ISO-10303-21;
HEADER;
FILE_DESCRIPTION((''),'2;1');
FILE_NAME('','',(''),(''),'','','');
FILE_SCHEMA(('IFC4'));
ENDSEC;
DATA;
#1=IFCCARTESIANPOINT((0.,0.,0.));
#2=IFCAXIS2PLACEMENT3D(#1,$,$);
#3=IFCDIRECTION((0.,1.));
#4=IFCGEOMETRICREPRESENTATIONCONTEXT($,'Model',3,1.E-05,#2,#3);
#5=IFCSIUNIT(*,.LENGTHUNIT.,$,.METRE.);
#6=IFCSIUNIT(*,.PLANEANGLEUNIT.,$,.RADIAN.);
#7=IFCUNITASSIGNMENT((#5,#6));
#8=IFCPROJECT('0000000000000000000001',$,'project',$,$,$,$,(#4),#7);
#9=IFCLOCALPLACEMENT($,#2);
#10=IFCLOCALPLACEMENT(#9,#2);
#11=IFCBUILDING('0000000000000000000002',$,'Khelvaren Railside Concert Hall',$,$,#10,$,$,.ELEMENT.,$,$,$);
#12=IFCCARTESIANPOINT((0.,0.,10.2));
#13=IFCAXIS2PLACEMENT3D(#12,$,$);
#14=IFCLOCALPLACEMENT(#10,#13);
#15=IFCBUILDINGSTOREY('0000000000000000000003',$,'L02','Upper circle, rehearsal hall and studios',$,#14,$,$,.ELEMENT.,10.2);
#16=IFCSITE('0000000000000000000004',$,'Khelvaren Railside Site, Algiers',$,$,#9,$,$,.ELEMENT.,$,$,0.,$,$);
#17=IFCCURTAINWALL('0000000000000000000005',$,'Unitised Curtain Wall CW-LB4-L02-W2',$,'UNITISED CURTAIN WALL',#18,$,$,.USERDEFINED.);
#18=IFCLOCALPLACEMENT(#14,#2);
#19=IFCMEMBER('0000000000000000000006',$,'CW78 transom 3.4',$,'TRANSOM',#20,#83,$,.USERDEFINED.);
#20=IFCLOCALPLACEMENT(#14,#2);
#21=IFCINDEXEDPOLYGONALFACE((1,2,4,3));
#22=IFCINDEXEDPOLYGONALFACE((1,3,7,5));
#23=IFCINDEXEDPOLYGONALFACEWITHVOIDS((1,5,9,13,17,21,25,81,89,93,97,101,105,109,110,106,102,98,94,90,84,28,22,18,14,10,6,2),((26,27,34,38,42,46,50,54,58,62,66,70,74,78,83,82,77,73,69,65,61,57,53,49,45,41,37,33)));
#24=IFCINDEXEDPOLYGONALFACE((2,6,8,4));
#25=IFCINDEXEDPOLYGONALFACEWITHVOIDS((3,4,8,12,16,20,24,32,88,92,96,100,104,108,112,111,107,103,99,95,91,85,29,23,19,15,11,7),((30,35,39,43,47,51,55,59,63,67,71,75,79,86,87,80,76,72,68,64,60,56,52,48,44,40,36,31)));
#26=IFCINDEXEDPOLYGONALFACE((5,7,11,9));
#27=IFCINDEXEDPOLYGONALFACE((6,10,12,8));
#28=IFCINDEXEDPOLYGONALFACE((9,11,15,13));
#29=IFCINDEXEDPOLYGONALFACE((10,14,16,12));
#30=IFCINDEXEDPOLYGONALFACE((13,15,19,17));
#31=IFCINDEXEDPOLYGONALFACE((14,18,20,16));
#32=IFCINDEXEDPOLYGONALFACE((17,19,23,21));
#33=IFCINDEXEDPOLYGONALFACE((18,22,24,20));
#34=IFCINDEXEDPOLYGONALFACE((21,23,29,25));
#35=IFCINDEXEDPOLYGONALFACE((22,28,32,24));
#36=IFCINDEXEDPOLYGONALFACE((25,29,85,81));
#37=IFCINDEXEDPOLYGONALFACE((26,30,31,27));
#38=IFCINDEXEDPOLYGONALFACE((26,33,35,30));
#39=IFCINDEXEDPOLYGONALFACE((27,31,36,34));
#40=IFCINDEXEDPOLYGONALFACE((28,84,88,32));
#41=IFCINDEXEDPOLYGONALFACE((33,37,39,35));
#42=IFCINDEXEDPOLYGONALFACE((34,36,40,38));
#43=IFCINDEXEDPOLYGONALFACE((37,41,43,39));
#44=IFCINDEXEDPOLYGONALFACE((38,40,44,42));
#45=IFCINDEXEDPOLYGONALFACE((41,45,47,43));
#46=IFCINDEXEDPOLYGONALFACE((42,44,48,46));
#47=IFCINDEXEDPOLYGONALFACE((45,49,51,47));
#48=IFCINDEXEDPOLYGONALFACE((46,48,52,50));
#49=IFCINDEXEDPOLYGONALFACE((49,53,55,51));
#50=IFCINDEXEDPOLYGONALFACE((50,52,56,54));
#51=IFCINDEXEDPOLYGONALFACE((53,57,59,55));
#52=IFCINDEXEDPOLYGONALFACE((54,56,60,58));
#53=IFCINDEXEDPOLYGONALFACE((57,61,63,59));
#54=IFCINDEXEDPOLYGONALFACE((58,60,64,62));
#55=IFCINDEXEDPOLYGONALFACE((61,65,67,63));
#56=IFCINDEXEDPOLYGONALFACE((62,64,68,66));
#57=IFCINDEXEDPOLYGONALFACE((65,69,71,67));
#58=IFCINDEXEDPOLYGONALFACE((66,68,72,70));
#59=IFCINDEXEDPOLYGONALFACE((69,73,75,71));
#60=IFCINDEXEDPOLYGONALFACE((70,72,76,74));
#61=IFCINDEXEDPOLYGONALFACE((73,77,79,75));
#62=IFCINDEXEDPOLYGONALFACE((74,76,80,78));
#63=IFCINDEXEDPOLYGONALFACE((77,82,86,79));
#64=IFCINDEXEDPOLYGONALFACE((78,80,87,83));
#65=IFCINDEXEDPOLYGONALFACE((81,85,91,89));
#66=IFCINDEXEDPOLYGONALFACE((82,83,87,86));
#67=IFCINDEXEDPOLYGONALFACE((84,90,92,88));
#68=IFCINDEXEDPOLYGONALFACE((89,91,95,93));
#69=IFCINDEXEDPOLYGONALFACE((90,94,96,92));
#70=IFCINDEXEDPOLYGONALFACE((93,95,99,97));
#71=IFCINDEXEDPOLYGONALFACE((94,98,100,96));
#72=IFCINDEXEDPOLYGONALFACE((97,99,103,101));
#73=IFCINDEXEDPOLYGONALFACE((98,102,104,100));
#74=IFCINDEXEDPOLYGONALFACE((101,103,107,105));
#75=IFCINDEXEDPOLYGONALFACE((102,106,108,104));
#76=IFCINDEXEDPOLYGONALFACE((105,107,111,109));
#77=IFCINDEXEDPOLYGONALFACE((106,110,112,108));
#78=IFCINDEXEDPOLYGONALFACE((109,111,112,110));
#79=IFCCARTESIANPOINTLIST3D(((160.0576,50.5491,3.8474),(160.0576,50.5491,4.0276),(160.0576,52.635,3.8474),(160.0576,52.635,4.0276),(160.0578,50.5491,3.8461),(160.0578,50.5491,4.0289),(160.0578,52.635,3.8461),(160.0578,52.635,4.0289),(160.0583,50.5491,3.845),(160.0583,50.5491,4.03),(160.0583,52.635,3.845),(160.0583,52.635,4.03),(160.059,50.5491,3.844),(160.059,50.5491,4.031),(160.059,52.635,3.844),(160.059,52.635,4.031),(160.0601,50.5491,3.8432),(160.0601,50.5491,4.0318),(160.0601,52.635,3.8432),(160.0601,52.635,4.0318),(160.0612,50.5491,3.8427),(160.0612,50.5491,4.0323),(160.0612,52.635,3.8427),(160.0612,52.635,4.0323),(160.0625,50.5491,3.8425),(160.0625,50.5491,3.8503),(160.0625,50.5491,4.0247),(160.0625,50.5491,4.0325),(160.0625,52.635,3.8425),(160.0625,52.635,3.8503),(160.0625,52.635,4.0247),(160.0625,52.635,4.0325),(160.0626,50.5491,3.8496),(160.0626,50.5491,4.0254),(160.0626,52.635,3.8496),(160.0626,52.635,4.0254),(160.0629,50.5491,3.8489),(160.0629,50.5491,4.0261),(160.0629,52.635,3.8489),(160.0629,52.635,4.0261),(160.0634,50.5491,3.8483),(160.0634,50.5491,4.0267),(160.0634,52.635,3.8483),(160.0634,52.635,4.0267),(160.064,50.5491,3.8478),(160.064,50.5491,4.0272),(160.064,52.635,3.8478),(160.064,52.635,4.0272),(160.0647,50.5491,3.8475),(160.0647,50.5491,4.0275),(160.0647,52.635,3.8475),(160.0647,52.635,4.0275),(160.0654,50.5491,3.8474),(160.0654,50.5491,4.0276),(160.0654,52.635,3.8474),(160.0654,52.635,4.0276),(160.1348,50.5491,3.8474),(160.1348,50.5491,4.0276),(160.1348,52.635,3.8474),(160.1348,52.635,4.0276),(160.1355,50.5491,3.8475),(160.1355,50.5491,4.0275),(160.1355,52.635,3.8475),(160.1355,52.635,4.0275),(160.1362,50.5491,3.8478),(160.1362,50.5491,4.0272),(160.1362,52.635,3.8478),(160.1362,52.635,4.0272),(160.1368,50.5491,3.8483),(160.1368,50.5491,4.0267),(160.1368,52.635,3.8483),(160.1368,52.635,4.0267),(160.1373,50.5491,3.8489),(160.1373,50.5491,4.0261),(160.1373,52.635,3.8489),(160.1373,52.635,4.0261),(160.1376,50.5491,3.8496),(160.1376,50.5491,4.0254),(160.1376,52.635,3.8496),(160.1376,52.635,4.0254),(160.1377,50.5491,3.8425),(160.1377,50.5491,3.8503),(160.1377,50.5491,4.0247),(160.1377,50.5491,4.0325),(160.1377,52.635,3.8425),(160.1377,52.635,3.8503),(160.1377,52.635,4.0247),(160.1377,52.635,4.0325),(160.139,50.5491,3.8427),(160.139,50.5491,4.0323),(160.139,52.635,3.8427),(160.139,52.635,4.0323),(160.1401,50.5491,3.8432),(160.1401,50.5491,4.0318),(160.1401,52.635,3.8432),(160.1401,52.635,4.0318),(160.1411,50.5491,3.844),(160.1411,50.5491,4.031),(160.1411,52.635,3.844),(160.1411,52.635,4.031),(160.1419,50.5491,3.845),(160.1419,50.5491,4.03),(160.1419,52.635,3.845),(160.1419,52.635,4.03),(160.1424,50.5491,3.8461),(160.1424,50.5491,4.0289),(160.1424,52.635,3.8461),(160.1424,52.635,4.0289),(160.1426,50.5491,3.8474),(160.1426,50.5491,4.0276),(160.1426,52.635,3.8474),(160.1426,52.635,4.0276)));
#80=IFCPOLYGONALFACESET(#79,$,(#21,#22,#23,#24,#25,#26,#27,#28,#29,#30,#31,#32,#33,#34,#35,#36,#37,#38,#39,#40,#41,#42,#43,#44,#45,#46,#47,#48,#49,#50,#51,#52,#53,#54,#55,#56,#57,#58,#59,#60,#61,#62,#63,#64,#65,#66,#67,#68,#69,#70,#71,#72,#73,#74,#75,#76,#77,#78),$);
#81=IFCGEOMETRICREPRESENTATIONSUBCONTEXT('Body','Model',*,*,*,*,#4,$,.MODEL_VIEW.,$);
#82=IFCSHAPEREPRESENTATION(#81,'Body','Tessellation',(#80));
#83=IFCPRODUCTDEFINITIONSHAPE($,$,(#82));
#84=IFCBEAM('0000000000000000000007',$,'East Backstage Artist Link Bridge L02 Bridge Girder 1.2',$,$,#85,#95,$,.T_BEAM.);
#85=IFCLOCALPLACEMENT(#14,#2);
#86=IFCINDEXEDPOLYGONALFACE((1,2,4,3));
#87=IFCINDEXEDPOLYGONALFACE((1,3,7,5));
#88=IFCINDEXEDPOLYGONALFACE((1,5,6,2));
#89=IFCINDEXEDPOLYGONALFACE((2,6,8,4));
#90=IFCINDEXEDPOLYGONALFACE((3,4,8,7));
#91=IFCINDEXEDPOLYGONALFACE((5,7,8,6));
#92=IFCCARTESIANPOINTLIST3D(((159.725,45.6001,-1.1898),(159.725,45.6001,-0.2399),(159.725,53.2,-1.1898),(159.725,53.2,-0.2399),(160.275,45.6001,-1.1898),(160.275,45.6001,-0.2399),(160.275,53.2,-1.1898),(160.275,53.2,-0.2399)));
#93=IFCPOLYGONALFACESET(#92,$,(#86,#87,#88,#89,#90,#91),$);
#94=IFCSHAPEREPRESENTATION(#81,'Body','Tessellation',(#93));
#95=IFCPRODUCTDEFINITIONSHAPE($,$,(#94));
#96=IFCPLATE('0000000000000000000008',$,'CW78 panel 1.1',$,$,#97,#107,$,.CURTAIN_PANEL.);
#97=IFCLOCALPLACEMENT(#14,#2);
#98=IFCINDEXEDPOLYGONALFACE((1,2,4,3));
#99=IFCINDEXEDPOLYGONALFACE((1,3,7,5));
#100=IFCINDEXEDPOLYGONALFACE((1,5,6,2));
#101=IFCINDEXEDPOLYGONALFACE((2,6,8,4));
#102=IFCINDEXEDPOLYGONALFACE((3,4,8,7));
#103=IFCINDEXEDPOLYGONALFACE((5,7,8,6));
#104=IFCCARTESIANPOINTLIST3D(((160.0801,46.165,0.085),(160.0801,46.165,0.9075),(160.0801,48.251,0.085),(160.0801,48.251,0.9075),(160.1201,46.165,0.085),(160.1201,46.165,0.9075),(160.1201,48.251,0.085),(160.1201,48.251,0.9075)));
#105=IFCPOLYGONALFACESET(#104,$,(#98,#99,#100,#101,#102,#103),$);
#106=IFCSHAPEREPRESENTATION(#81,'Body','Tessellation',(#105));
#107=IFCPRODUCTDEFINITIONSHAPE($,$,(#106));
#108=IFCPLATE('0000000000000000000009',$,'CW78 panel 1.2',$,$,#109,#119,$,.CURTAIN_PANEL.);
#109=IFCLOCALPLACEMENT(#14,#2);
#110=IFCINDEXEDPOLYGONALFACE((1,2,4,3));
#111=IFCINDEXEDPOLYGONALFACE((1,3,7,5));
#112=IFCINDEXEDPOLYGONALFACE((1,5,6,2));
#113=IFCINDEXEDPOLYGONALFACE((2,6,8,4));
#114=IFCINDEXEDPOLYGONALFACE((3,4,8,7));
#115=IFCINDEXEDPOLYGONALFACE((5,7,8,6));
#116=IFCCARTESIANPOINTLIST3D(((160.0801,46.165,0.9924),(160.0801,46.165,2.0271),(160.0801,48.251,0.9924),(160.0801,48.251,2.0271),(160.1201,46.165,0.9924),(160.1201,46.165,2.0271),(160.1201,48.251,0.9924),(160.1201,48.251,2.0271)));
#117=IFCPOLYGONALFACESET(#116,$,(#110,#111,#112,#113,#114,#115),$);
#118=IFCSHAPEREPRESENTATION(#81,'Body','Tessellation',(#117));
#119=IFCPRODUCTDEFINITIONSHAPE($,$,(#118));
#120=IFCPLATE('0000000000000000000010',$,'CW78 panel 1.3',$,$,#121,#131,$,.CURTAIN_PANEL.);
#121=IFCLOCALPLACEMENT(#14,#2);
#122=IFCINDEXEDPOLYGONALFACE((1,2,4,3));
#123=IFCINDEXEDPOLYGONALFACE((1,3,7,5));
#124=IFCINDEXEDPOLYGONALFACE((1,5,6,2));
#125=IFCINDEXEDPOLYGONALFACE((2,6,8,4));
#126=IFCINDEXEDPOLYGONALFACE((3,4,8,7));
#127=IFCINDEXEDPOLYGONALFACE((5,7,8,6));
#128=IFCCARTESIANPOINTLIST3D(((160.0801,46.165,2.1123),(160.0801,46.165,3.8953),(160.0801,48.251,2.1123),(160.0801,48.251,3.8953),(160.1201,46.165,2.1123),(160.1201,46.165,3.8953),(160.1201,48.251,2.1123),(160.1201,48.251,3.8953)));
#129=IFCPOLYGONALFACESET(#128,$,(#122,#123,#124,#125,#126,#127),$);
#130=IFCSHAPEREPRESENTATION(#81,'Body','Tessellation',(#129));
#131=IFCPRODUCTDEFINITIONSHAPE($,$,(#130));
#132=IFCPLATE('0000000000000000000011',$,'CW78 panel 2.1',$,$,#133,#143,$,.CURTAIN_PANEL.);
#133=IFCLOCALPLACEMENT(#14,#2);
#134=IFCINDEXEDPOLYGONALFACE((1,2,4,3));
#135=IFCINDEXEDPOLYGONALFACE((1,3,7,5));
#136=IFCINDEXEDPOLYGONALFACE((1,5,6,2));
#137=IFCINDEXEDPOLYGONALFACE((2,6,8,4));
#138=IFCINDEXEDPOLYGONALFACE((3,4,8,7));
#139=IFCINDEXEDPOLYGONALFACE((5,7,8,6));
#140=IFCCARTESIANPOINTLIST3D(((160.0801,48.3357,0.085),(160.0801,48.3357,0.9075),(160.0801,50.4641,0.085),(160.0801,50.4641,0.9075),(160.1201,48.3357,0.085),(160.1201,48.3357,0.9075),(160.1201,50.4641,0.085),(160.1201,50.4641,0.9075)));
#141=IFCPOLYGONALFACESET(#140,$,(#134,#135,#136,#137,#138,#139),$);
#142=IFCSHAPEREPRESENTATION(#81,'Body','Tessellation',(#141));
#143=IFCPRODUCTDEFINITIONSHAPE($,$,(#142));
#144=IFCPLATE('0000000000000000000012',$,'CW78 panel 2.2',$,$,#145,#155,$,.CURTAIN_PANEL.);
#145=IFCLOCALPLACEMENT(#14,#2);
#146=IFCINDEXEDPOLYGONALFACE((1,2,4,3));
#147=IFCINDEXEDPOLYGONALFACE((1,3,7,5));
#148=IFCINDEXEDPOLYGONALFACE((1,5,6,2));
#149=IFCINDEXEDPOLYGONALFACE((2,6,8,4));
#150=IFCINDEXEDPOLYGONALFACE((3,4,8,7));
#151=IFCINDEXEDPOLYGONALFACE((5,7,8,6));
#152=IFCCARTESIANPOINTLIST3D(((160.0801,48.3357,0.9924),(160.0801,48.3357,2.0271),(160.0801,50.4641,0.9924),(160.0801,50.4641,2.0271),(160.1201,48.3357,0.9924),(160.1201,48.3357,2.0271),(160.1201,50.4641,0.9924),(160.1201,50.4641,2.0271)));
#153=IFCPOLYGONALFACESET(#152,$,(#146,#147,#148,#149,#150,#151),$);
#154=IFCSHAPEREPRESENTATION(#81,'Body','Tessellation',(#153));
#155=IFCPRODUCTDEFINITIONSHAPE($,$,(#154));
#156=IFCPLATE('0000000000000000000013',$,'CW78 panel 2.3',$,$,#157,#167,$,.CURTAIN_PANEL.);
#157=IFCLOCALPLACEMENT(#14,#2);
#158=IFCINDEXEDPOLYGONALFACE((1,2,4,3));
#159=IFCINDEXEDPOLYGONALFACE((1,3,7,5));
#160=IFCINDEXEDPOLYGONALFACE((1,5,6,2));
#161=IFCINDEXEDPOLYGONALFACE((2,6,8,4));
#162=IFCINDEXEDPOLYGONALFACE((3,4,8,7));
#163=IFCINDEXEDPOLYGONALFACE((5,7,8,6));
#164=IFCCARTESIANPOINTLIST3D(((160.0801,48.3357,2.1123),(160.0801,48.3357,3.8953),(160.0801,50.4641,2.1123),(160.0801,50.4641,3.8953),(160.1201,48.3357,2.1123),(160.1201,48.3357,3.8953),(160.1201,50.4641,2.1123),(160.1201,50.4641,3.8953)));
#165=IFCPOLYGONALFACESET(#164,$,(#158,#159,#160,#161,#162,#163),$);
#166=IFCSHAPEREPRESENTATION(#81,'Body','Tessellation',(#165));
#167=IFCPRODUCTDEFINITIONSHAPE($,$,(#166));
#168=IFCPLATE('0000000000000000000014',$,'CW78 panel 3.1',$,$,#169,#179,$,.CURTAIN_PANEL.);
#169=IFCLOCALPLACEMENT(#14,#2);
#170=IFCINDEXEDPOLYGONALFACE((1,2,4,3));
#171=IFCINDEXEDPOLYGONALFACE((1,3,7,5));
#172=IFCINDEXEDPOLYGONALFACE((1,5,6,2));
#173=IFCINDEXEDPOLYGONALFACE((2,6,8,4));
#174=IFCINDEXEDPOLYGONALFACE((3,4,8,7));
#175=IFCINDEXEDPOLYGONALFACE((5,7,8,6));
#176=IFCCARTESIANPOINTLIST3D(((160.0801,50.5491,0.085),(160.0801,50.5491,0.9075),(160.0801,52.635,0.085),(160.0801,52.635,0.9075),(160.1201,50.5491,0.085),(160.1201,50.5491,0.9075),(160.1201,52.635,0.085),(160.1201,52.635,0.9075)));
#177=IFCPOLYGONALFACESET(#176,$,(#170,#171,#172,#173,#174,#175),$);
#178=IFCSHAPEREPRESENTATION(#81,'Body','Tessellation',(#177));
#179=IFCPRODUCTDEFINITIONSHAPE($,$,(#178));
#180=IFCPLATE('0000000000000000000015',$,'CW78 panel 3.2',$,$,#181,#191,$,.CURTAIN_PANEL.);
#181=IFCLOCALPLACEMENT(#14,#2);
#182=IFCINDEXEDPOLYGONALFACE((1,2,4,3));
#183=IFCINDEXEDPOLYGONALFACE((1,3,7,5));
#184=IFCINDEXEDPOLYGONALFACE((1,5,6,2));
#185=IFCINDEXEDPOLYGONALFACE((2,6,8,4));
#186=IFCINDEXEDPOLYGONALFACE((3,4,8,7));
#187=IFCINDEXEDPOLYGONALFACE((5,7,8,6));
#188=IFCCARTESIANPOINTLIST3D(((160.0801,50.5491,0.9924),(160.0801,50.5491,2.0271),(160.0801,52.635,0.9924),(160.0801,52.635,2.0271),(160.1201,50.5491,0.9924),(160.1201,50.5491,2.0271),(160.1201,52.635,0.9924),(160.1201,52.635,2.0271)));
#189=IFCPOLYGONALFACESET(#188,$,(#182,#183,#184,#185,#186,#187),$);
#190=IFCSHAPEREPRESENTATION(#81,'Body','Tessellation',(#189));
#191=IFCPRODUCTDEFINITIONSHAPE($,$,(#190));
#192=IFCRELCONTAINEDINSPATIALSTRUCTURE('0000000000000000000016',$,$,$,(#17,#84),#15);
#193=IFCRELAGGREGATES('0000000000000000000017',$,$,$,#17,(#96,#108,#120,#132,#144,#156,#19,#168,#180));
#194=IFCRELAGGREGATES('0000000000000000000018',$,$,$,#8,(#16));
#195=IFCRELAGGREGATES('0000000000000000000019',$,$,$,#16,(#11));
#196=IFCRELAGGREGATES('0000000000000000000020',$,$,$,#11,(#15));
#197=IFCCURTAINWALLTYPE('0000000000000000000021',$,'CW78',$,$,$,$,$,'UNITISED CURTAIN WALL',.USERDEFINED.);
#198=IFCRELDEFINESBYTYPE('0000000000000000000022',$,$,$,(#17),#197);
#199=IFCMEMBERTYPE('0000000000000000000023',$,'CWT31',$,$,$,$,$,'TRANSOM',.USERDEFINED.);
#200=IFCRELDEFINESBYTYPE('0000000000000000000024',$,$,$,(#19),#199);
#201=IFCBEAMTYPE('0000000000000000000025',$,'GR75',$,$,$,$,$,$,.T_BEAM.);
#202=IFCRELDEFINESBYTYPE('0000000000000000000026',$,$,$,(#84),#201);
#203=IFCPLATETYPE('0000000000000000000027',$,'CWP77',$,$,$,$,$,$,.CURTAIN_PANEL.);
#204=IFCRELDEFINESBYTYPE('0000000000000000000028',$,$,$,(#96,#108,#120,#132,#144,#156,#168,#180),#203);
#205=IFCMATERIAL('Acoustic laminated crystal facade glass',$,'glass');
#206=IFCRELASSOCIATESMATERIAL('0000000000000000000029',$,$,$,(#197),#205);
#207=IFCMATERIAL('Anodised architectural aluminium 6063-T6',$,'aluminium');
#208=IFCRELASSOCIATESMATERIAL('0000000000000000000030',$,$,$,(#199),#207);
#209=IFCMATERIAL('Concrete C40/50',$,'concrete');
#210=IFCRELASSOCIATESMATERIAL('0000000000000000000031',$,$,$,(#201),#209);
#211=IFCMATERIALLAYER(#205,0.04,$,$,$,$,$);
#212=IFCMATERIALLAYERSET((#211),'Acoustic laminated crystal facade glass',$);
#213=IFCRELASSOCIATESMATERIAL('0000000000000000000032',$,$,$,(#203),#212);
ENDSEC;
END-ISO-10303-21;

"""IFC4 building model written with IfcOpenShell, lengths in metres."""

from ifc_helpers import new_model, si_unit, direction, frame, origin, origin_2d, place, context, subcontext, project, spatial, rectangle, hollow_rectangle, extrude, material, layer, layer_set, material_profile, profile_set, type_object, element, aggregate, save


model = new_model("IFC4")

# Units and contexts
model_context = context("Model", 3, precision=1e-05, world=origin(), true_north=direction((0.0, 1.0)))
body_context = subcontext(model_context, "Body", "Model", "MODEL_VIEW")
ifc_project = project(units=[si_unit("LENGTHUNIT", "METRE"), si_unit("PLANEANGLEUNIT", "RADIAN")], contexts=[model_context])

# Site, building, storey
site_placement = place(None, origin())
site = spatial("IfcSite", under=ifc_project, at=site_placement, Name="Khelvaren Railside Site, Algiers", CompositionType="ELEMENT", RefElevation=0.0)
building_placement = place(site_placement, origin())
building = spatial("IfcBuilding", under=site, at=building_placement, Name="Khelvaren Railside Concert Hall", CompositionType="ELEMENT")
storey_placement = place(building_placement, frame((0.0, 0.0, 10.2)))
storey = spatial("IfcBuildingStorey", under=building, at=storey_placement, Name="L02", Description="Upper circle, rehearsal hall and studios", CompositionType="ELEMENT", Elevation=10.2)

# Curtain wall, member
ifc_material_1 = material(Name="Acoustic laminated crystal facade glass", Category="glass")
curtain_wall_type = type_object("IfcCurtainWallType", Name="CW78", ElementType="UNITISED CURTAIN WALL", PredefinedType="USERDEFINED", material=ifc_material_1)
curtain_wall_placement = place(storey_placement, origin())
curtain_wall = element("IfcCurtainWall", 1, at=curtain_wall_placement, inside=storey, type_object=curtain_wall_type, Name="Unitised Curtain Wall CW-LB4-L02-W2", ObjectType="UNITISED CURTAIN WALL", PredefinedType="USERDEFINED")
ifc_material_2 = material(Name="Anodised architectural aluminium 6063-T6", Category="aluminium")
ifc_material_profile_1 = material_profile(ifc_material_2, hollow_rectangle(XDim=0.085, YDim=0.1899, WallThickness=0.0049, InnerFilletRadius=0.0029, OuterFilletRadius=0.0049, at=origin_2d()), Name="CWT 85x190x5")
ifc_profile_set_1 = profile_set([ifc_material_profile_1], Name="Anodised architectural aluminium 6063-T6")
member_type_1 = type_object("IfcMemberType", Name="CWT31", ElementType="TRANSOM", PredefinedType="USERDEFINED", material=ifc_profile_set_1)
member_1_placement = place(storey_placement, frame((160.1001, 50.5491, 3.9375), z_axis=(0.0, 1.0, 0.0), x_axis=(-1.0, 0.0, 0.0)))
member_1 = element("IfcMember", 2, at=member_1_placement, type_object=member_type_1, Name="CW78 transom 3.4", ObjectType="TRANSOM", PredefinedType="USERDEFINED", context=body_context, shape_type="SweptSolid", body=[
    extrude(hollow_rectangle(XDim=0.085, YDim=0.1899, WallThickness=0.0049, InnerFilletRadius=0.0029, OuterFilletRadius=0.0049, at=origin_2d()), origin(), (0.0, 0.0, 1.0), 2.0859),
])

# Beam
ifc_material_3 = material(Name="Concrete C40/50", Category="concrete")
ifc_material_profile_2 = material_profile(ifc_material_3, rectangle(XDim=0.55, YDim=0.95, at=origin_2d()), Name="RCB 550x950")
ifc_profile_set_2 = profile_set([ifc_material_profile_2], Name="Concrete C40/50")
beam_type = type_object("IfcBeamType", Name="GR75", PredefinedType="T_BEAM", material=ifc_profile_set_2)
beam_placement = place(storey_placement, frame((160.0, 45.6001, -0.7148), z_axis=(0.0, 1.0, 0.0), x_axis=(-1.0, 0.0, 0.0)))
element("IfcBeam", 3, at=beam_placement, inside=storey, type_object=beam_type, Name="East Backstage Artist Link Bridge L02 Bridge Girder 1.2", PredefinedType="T_BEAM", context=body_context, shape_type="SweptSolid", body=[
    extrude(rectangle(XDim=0.55, YDim=0.95, at=origin_2d()), origin(), (0.0, 0.0, 1.0), 7.5999),
])

# Plates
ifc_layer = layer(ifc_material_1, 0.04)
ifc_layer_set = layer_set([ifc_layer], Name="Acoustic laminated crystal facade glass")
plate_type = type_object("IfcPlateType", Name="CWP77", PredefinedType="CURTAIN_PANEL", material=ifc_layer_set)
plate_1_placement = place(storey_placement, frame((160.1001, 47.208, 0.085), z_axis=(0.0, 0.0, 1.0), x_axis=(0.0, 1.0, 0.0)))
plate_1 = element("IfcPlate", 4, at=plate_1_placement, type_object=plate_type, Name="CW78 panel 1.1", PredefinedType="CURTAIN_PANEL", context=body_context, shape_type="SweptSolid", body=[
    extrude(rectangle(XDim=2.0859, YDim=0.04, at=origin_2d()), origin(), (0.0, 0.0, 1.0), 0.8225),
])
plate_2_placement = place(storey_placement, frame((160.1001, 47.208, 0.9924), z_axis=(0.0, 0.0, 1.0), x_axis=(0.0, 1.0, 0.0)))
plate_2 = element("IfcPlate", 5, at=plate_2_placement, type_object=plate_type, Name="CW78 panel 1.2", PredefinedType="CURTAIN_PANEL", context=body_context, shape_type="SweptSolid", body=[
    extrude(rectangle(XDim=2.0859, YDim=0.04, at=origin_2d()), origin(), (0.0, 0.0, 1.0), 1.0347),
])
plate_3_placement = place(storey_placement, frame((160.1001, 47.208, 2.1123), z_axis=(0.0, 0.0, 1.0), x_axis=(0.0, 1.0, 0.0)))
plate_3 = element("IfcPlate", 6, at=plate_3_placement, type_object=plate_type, Name="CW78 panel 1.3", PredefinedType="CURTAIN_PANEL", context=body_context, shape_type="SweptSolid", body=[
    extrude(rectangle(XDim=2.0859, YDim=0.04, at=origin_2d()), origin(), (0.0, 0.0, 1.0), 1.783),
])
plate_4_placement = place(storey_placement, frame((160.1001, 49.3999, 0.085), z_axis=(0.0, 0.0, 1.0), x_axis=(0.0, 1.0, 0.0)))
plate_4 = element("IfcPlate", 7, at=plate_4_placement, type_object=plate_type, Name="CW78 panel 2.1", PredefinedType="CURTAIN_PANEL", context=body_context, shape_type="SweptSolid", body=[
    extrude(rectangle(XDim=2.1284, YDim=0.04, at=origin_2d()), origin(), (0.0, 0.0, 1.0), 0.8225),
])
plate_5_placement = place(storey_placement, frame((160.1001, 49.3999, 0.9924), z_axis=(0.0, 0.0, 1.0), x_axis=(0.0, 1.0, 0.0)))
plate_5 = element("IfcPlate", 8, at=plate_5_placement, type_object=plate_type, Name="CW78 panel 2.2", PredefinedType="CURTAIN_PANEL", context=body_context, shape_type="SweptSolid", body=[
    extrude(rectangle(XDim=2.1284, YDim=0.04, at=origin_2d()), origin(), (0.0, 0.0, 1.0), 1.0347),
])
plate_6_placement = place(storey_placement, frame((160.1001, 49.3999, 2.1123), z_axis=(0.0, 0.0, 1.0), x_axis=(0.0, 1.0, 0.0)))
plate_6 = element("IfcPlate", 9, at=plate_6_placement, type_object=plate_type, Name="CW78 panel 2.3", PredefinedType="CURTAIN_PANEL", context=body_context, shape_type="SweptSolid", body=[
    extrude(rectangle(XDim=2.1284, YDim=0.04, at=origin_2d()), origin(), (0.0, 0.0, 1.0), 1.783),
])
plate_7_placement = place(storey_placement, frame((160.1001, 51.592, 0.085), z_axis=(0.0, 0.0, 1.0), x_axis=(0.0, 1.0, 0.0)))
plate_7 = element("IfcPlate", 10, at=plate_7_placement, type_object=plate_type, Name="CW78 panel 3.1", PredefinedType="CURTAIN_PANEL", context=body_context, shape_type="SweptSolid", body=[
    extrude(rectangle(XDim=2.0859, YDim=0.04, at=origin_2d()), origin(), (0.0, 0.0, 1.0), 0.8225),
])
plate_8_placement = place(storey_placement, frame((160.1001, 51.592, 0.9924), z_axis=(0.0, 0.0, 1.0), x_axis=(0.0, 1.0, 0.0)))
plate_8 = element("IfcPlate", 11, at=plate_8_placement, type_object=plate_type, Name="CW78 panel 3.2", PredefinedType="CURTAIN_PANEL", context=body_context, shape_type="SweptSolid", body=[
    extrude(rectangle(XDim=2.0859, YDim=0.04, at=origin_2d()), origin(), (0.0, 0.0, 1.0), 1.0347),
])
aggregate(curtain_wall, [plate_1, plate_2, plate_3, plate_4, plate_5, plate_6, member_1, plate_7, plate_8])

save(model, "model.ifc")
